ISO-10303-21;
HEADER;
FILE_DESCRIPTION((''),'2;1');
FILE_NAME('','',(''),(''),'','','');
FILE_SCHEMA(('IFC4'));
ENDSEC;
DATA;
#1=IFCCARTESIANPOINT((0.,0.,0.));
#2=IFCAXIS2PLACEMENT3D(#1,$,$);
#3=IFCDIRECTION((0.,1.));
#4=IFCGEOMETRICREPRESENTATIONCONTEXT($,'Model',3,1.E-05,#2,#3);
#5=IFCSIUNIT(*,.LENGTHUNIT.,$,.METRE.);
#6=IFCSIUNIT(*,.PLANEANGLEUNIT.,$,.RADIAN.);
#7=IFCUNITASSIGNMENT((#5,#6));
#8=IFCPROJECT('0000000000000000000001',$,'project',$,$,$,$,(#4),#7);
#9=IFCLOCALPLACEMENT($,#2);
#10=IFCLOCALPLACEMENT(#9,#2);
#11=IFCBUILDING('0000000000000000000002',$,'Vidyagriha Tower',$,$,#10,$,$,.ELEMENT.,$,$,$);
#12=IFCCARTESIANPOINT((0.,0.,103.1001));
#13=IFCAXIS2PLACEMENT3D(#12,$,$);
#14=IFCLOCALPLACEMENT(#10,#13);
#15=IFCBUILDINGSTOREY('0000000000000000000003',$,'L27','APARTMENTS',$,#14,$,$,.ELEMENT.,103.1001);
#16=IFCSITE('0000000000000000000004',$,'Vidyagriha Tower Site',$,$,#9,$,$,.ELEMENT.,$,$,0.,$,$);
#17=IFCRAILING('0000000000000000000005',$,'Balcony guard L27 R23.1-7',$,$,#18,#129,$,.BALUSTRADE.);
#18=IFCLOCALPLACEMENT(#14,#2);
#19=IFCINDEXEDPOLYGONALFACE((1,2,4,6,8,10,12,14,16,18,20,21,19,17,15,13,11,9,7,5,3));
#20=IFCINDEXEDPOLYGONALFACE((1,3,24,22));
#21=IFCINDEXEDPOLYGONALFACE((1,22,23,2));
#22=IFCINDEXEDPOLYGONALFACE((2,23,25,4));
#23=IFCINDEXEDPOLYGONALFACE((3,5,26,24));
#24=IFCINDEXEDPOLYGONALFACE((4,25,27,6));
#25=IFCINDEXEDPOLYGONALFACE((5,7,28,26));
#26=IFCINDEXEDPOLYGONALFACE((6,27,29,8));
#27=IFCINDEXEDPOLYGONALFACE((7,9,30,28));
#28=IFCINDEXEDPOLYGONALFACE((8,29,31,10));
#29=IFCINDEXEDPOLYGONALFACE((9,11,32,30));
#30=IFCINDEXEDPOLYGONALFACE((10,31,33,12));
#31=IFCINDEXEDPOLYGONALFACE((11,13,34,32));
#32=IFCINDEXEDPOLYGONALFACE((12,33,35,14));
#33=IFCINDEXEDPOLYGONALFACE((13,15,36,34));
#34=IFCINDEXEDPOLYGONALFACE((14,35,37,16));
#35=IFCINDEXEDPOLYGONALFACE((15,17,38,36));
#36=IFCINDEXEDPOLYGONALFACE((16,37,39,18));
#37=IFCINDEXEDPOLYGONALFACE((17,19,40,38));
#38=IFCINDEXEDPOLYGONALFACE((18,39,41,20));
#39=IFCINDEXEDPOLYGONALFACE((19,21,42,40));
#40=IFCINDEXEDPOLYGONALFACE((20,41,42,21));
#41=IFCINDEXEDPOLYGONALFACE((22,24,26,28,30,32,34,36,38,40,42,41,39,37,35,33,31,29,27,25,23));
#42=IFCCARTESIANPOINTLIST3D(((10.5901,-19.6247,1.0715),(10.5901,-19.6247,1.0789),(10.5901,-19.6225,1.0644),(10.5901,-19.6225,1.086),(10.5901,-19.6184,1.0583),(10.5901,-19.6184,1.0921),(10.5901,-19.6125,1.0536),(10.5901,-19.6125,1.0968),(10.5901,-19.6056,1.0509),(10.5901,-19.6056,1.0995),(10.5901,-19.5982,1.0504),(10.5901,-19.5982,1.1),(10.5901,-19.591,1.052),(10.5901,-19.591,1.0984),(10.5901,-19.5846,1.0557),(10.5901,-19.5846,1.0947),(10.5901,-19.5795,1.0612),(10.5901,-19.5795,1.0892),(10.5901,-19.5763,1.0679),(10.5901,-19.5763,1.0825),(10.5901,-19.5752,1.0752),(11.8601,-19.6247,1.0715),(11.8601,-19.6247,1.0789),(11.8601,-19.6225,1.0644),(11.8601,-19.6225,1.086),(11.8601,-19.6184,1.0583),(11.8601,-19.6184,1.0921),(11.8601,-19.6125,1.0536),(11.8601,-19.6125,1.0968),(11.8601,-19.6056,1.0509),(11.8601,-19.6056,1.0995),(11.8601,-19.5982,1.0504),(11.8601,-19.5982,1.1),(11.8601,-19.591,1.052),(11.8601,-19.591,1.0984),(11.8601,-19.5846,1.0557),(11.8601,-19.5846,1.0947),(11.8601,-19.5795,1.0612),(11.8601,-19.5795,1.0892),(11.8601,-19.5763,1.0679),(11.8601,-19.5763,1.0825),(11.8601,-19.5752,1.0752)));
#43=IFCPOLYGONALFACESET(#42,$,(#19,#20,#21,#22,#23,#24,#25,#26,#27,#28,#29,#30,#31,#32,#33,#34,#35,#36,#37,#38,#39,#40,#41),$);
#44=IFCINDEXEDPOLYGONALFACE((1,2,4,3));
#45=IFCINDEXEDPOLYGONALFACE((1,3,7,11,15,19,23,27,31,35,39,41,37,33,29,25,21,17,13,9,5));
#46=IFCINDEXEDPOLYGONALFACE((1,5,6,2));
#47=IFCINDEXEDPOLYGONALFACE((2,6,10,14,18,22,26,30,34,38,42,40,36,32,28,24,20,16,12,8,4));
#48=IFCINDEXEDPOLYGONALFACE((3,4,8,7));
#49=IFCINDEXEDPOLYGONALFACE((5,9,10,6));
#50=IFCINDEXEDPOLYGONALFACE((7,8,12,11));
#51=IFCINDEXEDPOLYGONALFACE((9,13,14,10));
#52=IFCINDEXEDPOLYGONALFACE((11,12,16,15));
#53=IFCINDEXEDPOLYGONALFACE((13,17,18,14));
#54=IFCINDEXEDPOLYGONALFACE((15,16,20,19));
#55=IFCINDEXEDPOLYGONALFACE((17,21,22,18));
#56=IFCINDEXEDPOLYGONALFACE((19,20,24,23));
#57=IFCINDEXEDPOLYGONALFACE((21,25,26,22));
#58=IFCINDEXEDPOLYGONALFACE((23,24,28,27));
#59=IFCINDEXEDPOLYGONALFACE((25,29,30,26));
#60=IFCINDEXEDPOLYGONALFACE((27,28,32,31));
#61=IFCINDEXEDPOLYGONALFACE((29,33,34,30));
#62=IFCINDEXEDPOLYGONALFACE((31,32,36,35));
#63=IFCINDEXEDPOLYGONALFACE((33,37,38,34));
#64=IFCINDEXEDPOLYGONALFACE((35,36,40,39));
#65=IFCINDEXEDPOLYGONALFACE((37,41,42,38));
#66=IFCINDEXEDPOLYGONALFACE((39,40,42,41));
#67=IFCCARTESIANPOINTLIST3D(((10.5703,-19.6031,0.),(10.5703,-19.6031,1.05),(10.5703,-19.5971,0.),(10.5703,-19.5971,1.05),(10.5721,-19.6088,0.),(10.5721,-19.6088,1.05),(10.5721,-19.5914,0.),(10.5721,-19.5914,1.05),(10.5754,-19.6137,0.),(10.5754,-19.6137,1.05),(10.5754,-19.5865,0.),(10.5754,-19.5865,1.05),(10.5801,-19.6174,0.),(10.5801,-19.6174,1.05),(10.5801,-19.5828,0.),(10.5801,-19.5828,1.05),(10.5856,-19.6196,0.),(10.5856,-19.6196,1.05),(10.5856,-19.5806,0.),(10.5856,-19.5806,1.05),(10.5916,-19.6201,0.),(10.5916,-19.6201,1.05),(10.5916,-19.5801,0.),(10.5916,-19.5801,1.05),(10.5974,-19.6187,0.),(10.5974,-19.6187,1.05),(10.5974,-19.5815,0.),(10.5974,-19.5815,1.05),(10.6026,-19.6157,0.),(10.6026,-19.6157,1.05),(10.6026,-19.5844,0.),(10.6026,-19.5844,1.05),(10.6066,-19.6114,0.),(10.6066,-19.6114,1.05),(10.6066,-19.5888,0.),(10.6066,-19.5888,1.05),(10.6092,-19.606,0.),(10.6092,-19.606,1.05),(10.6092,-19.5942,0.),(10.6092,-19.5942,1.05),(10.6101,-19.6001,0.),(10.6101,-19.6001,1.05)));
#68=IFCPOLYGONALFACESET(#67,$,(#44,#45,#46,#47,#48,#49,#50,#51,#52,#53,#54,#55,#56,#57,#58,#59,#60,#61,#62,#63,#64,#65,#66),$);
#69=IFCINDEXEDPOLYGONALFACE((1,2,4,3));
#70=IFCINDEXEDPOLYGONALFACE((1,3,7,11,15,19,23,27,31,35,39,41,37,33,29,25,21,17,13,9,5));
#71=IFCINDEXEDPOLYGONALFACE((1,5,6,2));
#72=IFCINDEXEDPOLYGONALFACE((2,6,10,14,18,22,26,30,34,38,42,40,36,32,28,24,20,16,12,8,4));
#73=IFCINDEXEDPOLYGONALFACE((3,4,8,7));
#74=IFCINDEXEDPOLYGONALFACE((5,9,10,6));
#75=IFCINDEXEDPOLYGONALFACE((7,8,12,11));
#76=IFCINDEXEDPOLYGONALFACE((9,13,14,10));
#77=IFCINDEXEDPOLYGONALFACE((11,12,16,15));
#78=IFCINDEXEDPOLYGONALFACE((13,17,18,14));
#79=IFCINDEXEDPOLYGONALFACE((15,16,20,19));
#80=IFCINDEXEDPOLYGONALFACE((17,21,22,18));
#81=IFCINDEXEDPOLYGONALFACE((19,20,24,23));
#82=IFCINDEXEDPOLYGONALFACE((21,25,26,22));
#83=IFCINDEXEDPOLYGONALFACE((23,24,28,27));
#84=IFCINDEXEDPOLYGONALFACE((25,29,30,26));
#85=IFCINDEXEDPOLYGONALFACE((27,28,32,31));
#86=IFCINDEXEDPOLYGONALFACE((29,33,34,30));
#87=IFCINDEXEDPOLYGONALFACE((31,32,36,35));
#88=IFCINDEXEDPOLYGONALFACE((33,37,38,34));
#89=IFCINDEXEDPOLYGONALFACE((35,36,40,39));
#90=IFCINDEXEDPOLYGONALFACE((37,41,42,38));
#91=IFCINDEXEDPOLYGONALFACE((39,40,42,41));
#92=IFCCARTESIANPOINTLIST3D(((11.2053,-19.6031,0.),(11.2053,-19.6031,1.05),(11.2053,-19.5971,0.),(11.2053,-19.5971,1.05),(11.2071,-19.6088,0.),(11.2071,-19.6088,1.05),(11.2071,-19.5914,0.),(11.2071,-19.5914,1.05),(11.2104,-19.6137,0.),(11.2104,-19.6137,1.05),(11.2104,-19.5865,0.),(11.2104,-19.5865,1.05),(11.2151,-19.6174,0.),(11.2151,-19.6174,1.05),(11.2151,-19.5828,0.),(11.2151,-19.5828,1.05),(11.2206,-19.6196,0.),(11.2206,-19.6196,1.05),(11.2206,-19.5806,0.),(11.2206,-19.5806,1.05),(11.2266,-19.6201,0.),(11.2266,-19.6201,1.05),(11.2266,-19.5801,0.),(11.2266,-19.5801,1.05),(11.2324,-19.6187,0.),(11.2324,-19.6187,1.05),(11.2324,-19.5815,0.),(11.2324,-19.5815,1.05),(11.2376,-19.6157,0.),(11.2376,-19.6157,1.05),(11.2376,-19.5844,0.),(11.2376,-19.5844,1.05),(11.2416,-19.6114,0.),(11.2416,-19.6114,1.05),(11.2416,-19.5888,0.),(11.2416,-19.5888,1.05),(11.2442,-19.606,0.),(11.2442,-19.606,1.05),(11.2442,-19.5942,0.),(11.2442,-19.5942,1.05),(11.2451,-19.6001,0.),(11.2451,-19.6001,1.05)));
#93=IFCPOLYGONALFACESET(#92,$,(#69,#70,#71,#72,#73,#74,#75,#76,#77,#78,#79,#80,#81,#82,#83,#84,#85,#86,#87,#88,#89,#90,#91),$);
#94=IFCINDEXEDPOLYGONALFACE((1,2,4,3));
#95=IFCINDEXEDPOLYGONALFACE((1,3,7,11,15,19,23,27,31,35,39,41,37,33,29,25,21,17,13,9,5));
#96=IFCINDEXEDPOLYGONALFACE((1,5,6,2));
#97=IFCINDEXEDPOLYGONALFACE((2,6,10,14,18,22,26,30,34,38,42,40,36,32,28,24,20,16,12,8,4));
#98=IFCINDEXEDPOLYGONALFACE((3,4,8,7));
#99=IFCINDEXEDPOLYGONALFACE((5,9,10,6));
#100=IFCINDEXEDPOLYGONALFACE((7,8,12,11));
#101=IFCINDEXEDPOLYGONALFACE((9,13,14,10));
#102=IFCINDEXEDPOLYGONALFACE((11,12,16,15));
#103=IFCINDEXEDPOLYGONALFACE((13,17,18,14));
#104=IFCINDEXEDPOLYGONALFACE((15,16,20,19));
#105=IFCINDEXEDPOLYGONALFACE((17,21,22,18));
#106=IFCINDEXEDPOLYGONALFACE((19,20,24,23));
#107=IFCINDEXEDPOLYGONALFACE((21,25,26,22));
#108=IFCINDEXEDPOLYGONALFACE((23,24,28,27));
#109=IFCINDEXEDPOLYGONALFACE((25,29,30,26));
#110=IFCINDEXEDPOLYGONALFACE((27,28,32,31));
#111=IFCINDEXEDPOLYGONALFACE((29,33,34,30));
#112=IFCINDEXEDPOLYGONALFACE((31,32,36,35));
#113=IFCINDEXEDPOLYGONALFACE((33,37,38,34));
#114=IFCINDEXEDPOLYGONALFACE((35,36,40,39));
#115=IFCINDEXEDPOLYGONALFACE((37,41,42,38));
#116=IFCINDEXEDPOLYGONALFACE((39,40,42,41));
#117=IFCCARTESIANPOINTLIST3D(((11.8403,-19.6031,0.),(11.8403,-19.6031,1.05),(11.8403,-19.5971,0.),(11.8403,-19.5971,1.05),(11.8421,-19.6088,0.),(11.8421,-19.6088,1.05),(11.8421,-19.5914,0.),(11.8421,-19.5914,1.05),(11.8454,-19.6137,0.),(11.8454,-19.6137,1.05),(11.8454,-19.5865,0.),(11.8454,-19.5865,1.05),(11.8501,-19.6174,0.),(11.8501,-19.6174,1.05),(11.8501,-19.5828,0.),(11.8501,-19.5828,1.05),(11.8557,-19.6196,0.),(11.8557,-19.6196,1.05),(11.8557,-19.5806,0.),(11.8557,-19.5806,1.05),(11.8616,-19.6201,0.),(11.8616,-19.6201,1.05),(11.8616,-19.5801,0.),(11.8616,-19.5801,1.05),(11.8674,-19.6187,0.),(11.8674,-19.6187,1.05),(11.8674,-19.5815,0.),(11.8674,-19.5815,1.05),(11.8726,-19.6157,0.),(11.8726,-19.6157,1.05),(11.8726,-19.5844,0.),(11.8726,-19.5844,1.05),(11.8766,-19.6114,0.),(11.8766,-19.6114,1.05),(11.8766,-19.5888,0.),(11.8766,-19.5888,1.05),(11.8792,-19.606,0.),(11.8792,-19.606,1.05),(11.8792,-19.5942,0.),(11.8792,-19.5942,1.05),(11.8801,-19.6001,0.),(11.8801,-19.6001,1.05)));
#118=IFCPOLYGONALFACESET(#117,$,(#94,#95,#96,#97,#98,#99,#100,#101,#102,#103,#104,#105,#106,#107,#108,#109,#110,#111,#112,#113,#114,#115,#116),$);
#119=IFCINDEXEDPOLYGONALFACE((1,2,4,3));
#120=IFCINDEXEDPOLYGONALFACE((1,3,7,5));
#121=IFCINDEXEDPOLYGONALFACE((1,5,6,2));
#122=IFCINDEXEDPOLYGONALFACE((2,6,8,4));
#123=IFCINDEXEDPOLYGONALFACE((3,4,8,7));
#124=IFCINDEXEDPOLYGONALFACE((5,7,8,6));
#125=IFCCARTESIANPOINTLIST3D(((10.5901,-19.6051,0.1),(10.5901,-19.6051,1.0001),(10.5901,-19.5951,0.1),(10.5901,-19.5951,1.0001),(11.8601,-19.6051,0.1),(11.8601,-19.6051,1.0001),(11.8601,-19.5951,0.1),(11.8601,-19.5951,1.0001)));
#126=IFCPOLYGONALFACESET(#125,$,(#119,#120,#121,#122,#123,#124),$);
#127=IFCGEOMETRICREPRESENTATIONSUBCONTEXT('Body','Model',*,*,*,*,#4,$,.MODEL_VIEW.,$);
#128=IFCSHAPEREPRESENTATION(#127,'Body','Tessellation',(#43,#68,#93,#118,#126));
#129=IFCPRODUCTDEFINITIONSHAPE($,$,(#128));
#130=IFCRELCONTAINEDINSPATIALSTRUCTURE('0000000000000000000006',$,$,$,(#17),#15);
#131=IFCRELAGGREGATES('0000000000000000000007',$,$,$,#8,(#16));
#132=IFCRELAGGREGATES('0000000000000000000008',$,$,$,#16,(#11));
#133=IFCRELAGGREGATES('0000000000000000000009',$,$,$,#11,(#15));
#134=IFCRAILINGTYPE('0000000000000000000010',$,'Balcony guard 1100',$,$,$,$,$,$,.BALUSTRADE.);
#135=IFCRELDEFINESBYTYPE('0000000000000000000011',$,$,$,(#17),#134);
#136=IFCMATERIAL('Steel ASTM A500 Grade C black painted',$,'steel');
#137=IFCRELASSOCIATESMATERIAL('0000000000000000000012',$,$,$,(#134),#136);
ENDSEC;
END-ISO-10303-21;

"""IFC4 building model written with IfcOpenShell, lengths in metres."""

from ifc_helpers import new_model, si_unit, direction, frame, origin, origin_2d, place, context, subcontext, project, spatial, rectangle, circle, extrude, material, type_object, element, save


model = new_model("IFC4")

# Units and contexts
model_context = context("Model", 3, precision=1e-05, world=origin(), true_north=direction((0.0, 1.0)))
body_context = subcontext(model_context, "Body", "Model", "MODEL_VIEW")
ifc_project = project(units=[si_unit("LENGTHUNIT", "METRE"), si_unit("PLANEANGLEUNIT", "RADIAN")], contexts=[model_context])

# Site, building, storey
site_placement = place(None, origin())
site = spatial("IfcSite", under=ifc_project, at=site_placement, Name="Vidyagriha Tower Site", CompositionType="ELEMENT", RefElevation=0.0)
building_placement = place(site_placement, origin())
building = spatial("IfcBuilding", under=site, at=building_placement, Name="Vidyagriha Tower", CompositionType="ELEMENT")
storey_placement = place(building_placement, frame((0.0, 0.0, 103.1001)))
storey = spatial("IfcBuildingStorey", under=building, at=storey_placement, Name="L27", Description="APARTMENTS", CompositionType="ELEMENT", Elevation=103.1001)

# Railing
ifc_material_1 = material(Name="Steel ASTM A500 Grade C black painted", Category="steel")
railing_type = type_object("IfcRailingType", Name="Balcony guard 1100", PredefinedType="BALUSTRADE", material=ifc_material_1)
railing_1_placement = place(storey_placement, frame((10.5901, -19.6001, 0.0)))
element("IfcRailing", 1, at=railing_1_placement, inside=storey, type_object=railing_type, Name="Balcony guard L27 R23.1-7", PredefinedType="BALUSTRADE", context=body_context, shape_type="SweptSolid", body=[
    extrude(circle(Radius=0.0249, at=origin_2d()), frame((0.0, 0.0, 1.0752), z_axis=(1.0, 0.0, 0.0), x_axis=(0.0, 1.0, 0.0)), (0.0, 0.0, 1.0), 1.27),
    extrude(circle(Radius=0.02, at=origin_2d()), origin(), (0.0, 0.0, 1.0), 1.05),
    extrude(circle(Radius=0.02, at=origin_2d()), frame((0.635, 0.0, 0.0)), (0.0, 0.0, 1.0), 1.05),
    extrude(circle(Radius=0.02, at=origin_2d()), frame((1.27, 0.0, 0.0)), (0.0, 0.0, 1.0), 1.05),
    extrude(rectangle(XDim=0.01, YDim=0.9001, at=origin_2d()), frame((0.0, 0.0, 0.55), z_axis=(1.0, 0.0, 0.0), x_axis=(0.0, 1.0, 0.0)), (0.0, 0.0, 1.0), 1.27),
])

save(model, "model.ifc")
